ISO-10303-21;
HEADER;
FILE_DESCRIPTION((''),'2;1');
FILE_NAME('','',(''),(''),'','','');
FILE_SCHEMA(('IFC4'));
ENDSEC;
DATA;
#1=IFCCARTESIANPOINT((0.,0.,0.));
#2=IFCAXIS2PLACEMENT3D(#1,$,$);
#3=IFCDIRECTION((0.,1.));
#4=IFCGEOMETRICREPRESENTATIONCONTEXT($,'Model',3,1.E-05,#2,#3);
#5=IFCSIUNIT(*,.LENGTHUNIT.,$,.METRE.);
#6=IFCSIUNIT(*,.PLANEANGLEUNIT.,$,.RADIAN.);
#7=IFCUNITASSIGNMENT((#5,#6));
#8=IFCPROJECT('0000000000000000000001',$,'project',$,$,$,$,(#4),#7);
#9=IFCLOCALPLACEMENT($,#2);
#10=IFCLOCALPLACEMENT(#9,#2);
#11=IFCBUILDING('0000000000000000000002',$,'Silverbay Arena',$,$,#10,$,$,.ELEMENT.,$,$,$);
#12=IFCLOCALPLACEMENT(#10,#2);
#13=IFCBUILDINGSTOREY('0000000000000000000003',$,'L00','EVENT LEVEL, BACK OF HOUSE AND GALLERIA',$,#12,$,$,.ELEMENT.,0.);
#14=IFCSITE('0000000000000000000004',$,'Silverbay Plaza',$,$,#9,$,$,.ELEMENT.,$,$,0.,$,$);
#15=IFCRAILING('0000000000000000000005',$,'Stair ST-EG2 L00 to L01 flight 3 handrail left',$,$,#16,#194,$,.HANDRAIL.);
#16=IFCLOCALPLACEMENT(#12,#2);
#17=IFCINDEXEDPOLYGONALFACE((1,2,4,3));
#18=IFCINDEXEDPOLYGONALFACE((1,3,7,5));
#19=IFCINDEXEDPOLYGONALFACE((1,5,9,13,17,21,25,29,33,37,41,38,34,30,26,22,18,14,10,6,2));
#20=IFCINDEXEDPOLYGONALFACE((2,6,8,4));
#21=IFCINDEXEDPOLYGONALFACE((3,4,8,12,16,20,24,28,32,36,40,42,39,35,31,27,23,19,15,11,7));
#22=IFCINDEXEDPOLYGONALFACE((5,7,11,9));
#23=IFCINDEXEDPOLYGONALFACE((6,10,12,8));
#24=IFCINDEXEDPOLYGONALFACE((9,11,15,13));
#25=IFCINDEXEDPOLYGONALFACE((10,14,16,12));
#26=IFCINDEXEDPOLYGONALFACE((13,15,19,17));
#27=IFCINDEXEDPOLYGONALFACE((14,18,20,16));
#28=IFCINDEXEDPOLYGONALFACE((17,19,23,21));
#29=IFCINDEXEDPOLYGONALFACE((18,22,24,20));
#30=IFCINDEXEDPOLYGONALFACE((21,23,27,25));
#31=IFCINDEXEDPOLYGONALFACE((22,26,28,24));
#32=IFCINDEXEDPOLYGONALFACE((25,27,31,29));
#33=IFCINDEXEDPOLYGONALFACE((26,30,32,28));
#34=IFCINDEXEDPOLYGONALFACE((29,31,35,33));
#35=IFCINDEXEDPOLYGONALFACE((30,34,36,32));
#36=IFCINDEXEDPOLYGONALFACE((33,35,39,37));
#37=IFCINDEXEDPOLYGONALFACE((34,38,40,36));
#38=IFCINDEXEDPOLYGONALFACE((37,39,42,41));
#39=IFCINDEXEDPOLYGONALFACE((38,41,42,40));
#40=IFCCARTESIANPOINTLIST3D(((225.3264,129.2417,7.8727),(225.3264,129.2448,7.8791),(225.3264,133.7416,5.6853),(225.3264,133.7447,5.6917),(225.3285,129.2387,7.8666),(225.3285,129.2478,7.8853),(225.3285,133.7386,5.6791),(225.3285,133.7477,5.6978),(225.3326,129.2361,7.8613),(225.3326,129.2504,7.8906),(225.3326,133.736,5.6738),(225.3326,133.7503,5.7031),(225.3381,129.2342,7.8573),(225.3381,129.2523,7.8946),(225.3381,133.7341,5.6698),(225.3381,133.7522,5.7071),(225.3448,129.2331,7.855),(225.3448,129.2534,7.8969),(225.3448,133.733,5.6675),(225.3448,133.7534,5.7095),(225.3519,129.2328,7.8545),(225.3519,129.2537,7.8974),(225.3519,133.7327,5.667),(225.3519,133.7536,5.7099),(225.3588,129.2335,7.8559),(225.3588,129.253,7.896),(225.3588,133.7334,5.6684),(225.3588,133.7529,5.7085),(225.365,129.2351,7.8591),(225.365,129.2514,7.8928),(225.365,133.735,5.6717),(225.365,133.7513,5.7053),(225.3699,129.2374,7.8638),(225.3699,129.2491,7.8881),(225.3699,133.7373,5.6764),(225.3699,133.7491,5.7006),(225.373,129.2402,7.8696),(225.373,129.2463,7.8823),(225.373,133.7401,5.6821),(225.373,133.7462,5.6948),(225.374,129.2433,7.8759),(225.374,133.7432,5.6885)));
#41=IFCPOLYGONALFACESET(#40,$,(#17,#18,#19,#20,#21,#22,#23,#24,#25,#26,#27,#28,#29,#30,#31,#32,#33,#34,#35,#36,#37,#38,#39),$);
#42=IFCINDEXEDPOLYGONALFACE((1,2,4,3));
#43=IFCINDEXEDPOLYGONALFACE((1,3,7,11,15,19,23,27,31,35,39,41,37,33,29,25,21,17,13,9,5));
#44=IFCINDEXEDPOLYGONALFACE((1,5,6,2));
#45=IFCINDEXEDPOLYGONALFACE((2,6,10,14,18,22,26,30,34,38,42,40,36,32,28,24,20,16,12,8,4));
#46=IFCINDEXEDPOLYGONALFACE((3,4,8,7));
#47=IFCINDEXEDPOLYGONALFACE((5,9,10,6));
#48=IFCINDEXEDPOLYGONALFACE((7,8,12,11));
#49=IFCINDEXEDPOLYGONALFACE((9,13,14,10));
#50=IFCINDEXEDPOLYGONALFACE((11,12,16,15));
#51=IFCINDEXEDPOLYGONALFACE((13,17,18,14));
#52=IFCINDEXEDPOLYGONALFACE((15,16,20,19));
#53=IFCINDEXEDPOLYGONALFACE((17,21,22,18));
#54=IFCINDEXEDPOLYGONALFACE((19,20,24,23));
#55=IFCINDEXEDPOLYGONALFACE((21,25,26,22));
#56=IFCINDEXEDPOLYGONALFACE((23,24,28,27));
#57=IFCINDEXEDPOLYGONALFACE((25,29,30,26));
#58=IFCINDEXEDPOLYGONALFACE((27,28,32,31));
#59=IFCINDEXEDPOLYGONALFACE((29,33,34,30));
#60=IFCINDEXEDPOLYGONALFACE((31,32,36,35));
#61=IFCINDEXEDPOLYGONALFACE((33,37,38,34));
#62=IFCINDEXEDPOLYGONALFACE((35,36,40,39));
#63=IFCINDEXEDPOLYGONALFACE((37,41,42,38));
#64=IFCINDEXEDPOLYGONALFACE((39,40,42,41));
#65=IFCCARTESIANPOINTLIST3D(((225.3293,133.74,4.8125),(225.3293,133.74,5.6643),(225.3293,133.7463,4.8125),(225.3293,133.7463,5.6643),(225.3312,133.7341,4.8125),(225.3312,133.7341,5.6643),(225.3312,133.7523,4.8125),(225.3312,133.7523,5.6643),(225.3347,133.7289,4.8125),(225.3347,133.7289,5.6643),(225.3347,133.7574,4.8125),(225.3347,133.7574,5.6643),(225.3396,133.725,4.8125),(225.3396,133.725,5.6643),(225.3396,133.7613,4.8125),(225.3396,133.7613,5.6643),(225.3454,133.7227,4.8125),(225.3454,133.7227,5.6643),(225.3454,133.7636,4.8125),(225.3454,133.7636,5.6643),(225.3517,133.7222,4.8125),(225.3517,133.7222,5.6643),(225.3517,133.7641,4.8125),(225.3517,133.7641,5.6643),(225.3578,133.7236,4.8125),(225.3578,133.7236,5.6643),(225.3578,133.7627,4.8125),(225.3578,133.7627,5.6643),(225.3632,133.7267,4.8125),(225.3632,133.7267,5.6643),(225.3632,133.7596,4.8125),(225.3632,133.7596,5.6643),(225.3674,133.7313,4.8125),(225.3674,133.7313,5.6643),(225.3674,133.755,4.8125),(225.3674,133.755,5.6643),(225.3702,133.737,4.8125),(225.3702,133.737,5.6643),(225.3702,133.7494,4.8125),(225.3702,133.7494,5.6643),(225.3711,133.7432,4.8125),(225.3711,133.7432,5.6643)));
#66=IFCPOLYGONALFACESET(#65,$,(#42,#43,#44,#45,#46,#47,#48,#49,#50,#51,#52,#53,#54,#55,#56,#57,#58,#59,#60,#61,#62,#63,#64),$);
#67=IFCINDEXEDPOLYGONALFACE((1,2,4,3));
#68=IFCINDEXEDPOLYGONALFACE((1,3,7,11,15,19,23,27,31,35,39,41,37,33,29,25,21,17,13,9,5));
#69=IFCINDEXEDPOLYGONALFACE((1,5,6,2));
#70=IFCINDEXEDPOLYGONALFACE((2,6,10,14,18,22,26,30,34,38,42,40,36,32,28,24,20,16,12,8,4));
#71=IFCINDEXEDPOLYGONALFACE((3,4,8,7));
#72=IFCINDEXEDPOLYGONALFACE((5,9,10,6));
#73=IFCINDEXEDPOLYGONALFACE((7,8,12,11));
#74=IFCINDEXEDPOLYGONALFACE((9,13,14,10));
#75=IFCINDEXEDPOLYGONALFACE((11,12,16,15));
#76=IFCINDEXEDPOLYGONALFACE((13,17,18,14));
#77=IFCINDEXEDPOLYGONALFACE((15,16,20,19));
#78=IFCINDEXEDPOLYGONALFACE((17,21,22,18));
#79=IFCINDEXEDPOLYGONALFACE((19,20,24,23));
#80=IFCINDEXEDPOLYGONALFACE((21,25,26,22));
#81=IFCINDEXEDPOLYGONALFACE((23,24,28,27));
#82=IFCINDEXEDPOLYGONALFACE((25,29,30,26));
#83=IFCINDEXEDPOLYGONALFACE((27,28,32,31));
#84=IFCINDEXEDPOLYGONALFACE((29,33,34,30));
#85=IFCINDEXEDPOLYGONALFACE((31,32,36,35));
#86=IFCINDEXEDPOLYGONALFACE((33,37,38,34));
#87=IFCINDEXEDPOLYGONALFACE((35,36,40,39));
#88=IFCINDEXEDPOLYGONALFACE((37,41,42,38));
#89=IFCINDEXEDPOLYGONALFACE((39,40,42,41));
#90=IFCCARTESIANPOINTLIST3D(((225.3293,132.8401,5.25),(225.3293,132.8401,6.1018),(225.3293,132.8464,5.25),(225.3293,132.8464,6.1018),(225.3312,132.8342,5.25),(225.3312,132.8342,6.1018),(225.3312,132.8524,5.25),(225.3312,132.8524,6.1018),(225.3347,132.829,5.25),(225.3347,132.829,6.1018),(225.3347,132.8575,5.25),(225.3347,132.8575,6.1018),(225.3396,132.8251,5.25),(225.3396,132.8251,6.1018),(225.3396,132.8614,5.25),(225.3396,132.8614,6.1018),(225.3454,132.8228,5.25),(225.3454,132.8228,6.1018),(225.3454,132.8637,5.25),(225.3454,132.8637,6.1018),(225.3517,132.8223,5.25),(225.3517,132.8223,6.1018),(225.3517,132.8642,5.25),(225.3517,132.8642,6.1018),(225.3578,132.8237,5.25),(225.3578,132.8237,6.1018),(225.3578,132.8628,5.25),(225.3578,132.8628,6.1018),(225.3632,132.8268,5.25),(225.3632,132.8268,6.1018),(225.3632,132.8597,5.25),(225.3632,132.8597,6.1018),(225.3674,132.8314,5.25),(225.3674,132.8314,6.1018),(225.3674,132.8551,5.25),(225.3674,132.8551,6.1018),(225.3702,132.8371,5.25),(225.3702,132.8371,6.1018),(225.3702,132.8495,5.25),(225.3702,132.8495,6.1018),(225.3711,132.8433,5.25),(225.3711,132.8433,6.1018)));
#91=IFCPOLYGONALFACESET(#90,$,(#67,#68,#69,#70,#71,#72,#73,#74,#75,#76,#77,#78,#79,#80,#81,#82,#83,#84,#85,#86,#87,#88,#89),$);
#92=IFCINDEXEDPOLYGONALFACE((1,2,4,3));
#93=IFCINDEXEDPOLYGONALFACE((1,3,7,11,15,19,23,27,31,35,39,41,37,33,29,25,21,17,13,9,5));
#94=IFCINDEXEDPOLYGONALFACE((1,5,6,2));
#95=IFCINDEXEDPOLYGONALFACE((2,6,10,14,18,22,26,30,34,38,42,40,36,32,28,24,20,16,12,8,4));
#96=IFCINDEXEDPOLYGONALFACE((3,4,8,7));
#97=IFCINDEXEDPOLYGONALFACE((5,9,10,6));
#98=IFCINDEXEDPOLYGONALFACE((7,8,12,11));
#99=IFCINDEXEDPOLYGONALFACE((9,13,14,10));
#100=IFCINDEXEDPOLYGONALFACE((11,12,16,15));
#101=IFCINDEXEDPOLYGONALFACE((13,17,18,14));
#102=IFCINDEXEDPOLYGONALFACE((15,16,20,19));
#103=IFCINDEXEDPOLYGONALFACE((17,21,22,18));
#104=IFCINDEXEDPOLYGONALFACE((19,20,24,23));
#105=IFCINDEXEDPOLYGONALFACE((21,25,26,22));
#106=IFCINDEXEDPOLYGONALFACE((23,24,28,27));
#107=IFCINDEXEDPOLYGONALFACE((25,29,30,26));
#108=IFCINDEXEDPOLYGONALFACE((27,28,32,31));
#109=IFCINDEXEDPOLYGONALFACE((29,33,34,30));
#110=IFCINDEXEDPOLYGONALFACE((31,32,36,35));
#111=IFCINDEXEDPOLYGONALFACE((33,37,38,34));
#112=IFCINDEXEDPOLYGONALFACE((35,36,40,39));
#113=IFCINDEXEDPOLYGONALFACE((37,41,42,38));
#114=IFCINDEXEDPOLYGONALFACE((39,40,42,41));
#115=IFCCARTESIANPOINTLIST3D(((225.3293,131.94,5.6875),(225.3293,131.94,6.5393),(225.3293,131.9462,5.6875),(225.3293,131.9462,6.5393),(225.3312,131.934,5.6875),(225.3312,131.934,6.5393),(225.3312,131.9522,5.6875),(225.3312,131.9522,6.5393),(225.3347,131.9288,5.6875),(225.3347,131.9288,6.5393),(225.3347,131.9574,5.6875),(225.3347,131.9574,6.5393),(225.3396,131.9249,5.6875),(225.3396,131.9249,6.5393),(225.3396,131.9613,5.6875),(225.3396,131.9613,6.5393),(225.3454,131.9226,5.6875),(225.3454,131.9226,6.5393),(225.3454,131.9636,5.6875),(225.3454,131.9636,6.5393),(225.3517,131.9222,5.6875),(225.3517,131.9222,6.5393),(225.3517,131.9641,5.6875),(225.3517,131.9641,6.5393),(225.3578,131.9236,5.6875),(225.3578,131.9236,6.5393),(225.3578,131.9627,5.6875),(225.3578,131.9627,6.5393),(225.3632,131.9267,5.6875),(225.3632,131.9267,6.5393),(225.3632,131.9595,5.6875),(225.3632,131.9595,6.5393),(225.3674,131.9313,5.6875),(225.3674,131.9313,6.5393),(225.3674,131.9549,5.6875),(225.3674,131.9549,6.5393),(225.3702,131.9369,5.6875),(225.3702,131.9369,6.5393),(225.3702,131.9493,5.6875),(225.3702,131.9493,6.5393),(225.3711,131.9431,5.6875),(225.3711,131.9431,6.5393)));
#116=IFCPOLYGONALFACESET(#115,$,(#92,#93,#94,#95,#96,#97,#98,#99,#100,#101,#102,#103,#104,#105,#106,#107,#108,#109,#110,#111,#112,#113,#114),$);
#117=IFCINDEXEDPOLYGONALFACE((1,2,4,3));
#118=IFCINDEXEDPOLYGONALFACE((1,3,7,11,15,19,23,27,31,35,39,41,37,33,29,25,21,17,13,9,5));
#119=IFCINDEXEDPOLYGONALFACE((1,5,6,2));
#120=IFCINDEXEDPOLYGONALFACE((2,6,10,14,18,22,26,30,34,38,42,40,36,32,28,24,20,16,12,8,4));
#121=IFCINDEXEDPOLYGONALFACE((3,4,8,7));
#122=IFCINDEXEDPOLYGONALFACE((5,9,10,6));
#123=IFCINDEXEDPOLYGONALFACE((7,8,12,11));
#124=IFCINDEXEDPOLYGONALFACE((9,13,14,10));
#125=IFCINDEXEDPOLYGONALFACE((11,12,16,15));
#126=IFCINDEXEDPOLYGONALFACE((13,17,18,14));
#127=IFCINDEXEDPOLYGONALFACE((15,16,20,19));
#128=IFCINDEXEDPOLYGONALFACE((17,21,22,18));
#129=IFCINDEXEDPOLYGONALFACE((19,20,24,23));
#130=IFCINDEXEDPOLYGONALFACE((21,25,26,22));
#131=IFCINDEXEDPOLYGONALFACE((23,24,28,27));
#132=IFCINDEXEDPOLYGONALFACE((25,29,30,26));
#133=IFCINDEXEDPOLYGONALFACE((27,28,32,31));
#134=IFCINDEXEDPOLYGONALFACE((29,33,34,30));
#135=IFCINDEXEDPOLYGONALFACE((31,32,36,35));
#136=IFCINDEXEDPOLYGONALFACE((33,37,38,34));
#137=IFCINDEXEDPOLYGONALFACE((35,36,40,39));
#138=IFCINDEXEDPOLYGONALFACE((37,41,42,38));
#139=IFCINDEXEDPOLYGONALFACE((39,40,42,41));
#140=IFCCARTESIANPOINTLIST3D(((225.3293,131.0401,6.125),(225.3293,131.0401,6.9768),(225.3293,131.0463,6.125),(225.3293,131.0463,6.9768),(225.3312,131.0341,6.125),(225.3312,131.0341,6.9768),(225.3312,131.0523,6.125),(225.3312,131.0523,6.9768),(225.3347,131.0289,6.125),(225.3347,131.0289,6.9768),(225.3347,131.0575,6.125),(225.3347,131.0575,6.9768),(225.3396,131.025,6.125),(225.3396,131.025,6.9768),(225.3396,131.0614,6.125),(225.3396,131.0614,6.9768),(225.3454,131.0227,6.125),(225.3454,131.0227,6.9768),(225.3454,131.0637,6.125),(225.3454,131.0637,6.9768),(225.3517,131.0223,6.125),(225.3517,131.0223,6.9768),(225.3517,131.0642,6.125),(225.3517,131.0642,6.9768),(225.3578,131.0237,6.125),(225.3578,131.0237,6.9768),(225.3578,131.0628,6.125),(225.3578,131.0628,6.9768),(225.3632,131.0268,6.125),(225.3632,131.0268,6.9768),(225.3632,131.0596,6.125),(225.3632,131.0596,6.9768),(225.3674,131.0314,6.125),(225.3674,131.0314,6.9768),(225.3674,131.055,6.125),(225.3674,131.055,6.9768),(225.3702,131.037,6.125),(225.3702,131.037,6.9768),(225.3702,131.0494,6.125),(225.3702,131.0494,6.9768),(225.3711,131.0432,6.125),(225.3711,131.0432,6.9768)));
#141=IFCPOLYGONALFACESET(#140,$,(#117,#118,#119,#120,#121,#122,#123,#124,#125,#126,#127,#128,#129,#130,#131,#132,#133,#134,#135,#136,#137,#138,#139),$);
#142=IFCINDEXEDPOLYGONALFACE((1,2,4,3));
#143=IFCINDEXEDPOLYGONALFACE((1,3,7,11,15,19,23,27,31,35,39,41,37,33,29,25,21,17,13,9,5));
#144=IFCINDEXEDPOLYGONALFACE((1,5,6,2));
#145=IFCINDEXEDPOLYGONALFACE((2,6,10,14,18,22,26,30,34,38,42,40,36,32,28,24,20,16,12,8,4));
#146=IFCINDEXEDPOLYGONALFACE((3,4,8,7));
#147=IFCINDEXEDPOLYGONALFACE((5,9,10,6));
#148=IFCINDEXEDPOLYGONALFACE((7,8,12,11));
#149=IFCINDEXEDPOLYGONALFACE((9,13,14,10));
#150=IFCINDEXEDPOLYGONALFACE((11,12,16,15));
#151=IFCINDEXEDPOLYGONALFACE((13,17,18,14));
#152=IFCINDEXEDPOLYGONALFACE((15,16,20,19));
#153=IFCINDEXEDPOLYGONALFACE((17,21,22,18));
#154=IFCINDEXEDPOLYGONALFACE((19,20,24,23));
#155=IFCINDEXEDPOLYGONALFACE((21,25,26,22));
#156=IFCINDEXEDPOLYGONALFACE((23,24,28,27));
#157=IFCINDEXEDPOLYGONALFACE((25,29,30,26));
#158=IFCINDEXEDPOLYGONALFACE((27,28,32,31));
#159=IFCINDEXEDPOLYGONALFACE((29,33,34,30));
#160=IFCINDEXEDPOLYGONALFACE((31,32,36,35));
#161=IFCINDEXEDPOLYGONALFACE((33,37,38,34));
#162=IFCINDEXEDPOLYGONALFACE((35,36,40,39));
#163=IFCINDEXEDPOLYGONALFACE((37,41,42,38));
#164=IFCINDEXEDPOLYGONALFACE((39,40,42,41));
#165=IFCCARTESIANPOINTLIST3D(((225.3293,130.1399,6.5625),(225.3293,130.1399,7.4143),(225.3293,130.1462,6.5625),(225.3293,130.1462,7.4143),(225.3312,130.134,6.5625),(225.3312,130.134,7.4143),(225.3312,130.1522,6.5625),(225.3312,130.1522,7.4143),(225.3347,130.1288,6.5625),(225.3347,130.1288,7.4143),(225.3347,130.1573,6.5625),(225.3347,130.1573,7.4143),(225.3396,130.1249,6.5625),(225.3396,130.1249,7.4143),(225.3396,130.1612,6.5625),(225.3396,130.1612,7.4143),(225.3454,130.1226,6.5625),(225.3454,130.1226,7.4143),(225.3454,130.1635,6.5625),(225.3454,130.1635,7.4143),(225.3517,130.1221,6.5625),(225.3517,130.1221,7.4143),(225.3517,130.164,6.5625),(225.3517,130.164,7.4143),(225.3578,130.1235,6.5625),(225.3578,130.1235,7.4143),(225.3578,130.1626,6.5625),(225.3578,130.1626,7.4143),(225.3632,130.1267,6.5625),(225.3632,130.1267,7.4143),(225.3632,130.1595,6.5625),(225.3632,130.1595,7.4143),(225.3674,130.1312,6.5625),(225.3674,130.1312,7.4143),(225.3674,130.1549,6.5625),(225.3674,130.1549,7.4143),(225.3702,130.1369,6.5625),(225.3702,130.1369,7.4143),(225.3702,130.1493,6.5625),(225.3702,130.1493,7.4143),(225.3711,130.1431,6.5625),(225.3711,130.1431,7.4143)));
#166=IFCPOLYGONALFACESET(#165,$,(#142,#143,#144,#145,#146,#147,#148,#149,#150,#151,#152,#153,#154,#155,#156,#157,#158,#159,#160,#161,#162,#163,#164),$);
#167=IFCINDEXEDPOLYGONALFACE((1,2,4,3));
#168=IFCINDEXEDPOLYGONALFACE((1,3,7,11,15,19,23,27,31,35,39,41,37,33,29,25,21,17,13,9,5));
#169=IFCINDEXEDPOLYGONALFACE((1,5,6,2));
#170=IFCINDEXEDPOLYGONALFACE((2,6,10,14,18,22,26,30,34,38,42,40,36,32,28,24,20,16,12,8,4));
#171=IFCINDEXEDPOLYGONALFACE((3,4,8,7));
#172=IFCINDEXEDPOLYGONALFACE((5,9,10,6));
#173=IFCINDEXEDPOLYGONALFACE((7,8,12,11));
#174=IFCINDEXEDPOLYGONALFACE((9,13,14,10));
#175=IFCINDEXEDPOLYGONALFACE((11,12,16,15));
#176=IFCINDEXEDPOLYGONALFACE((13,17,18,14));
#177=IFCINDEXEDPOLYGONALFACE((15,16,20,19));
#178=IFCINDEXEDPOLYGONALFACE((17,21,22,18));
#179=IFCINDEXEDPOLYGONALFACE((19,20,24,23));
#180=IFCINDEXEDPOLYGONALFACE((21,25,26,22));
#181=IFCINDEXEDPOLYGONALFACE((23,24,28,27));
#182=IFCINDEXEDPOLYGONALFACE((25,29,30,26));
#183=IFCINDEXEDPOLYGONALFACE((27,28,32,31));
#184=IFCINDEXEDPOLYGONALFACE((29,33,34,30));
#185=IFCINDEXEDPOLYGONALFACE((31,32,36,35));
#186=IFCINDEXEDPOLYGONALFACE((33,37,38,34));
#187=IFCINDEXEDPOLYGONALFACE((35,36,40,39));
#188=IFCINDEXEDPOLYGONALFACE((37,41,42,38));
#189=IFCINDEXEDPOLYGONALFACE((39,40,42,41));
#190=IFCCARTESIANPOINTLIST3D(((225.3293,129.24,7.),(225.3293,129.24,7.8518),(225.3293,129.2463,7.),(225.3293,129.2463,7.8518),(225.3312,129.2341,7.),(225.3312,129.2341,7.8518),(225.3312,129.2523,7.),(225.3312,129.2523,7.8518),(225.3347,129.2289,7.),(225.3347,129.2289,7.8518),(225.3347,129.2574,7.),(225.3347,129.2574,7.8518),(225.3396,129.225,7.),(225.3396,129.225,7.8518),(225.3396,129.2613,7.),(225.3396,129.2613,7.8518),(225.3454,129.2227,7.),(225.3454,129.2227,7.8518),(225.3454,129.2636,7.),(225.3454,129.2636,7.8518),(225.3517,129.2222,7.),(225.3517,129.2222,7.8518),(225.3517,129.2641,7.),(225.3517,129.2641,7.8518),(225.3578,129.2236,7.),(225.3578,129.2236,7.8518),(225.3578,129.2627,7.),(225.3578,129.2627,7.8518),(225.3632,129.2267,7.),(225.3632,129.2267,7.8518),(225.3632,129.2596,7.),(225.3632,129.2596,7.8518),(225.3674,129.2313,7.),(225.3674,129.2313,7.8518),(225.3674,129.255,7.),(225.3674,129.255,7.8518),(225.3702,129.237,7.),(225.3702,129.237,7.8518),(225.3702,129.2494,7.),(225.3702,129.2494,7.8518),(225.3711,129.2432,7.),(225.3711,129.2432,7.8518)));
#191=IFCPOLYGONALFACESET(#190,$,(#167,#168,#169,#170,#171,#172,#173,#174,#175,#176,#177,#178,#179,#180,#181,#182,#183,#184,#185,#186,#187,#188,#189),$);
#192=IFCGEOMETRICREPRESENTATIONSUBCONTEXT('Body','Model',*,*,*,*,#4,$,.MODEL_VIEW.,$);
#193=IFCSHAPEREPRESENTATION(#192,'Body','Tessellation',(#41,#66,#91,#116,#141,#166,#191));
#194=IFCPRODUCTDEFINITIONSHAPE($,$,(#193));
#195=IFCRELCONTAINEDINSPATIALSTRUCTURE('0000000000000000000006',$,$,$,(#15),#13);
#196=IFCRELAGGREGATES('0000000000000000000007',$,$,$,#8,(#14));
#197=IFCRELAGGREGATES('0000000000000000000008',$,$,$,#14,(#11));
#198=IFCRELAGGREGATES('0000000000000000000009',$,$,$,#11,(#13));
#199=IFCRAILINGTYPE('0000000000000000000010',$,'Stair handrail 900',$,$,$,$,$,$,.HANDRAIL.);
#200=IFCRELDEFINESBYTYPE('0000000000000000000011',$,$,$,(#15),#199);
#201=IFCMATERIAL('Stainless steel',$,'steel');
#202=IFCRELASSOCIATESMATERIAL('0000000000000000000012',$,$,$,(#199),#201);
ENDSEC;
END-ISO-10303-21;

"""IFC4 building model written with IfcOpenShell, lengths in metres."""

from ifc_helpers import new_model, si_unit, direction, frame, origin, origin_2d, place, context, subcontext, project, spatial, circle, extrude, material, type_object, element, save


model = new_model("IFC4")

# Units and contexts
model_context = context("Model", 3, precision=1e-05, world=origin(), true_north=direction((0.0, 1.0)))
body_context = subcontext(model_context, "Body", "Model", "MODEL_VIEW")
ifc_project = project(units=[si_unit("LENGTHUNIT", "METRE"), si_unit("PLANEANGLEUNIT", "RADIAN")], contexts=[model_context])

# Site, building, storey
site_placement = place(None, origin())
site = spatial("IfcSite", under=ifc_project, at=site_placement, Name="Silverbay Plaza", CompositionType="ELEMENT", RefElevation=0.0)
building_placement = place(site_placement, origin())
building = spatial("IfcBuilding", under=site, at=building_placement, Name="Silverbay Arena", CompositionType="ELEMENT")
storey_placement = place(building_placement, origin())
storey = spatial("IfcBuildingStorey", under=building, at=storey_placement, Name="L00", Description="EVENT LEVEL, BACK OF HOUSE AND GALLERIA", CompositionType="ELEMENT", Elevation=0.0)

# Railing
ifc_material_1 = material(Name="Stainless steel", Category="steel")
railing_type_1 = type_object("IfcRailingType", Name="Stair handrail 900", PredefinedType="HANDRAIL", material=ifc_material_1)
for number, where, name in (
    (1, (225.3501, 133.7432, 4.8125), "Stair ST-EG2 L00 to L01 flight 3 handrail left"),
):
    element("IfcRailing", number, at=place(storey_placement, frame(where)), inside=storey, type_object=railing_type_1, Name=name, PredefinedType="HANDRAIL", context=body_context, shape_type="SweptSolid", body=[
        extrude(circle(Radius=0.0239, at=origin_2d()), frame((0.0, 0.0, 0.876), z_axis=(0.0, -0.899368, 0.437193), x_axis=(1.0, 0.0, 0.0)), (0.0, 0.0, 1.0), 5.0034),
        extrude(circle(Radius=0.021, at=origin_2d()), origin(), (0.0, 0.0, 1.0), 0.8518),
        extrude(circle(Radius=0.021, at=origin_2d()), frame((0.0, -0.8999, 0.4375)), (0.0, 0.0, 1.0), 0.8518),
        extrude(circle(Radius=0.021, at=origin_2d()), frame((0.0, -1.8, 0.875)), (0.0, 0.0, 1.0), 0.8518),
        extrude(circle(Radius=0.021, at=origin_2d()), frame((0.0, -2.7, 1.3125)), (0.0, 0.0, 1.0), 0.8518),
        extrude(circle(Radius=0.021, at=origin_2d()), frame((0.0, -3.6001, 1.75)), (0.0, 0.0, 1.0), 0.8518),
        extrude(circle(Radius=0.021, at=origin_2d()), frame((0.0, -4.5, 2.1875)), (0.0, 0.0, 1.0), 0.8518),
    ])

save(model, "model.ifc")
